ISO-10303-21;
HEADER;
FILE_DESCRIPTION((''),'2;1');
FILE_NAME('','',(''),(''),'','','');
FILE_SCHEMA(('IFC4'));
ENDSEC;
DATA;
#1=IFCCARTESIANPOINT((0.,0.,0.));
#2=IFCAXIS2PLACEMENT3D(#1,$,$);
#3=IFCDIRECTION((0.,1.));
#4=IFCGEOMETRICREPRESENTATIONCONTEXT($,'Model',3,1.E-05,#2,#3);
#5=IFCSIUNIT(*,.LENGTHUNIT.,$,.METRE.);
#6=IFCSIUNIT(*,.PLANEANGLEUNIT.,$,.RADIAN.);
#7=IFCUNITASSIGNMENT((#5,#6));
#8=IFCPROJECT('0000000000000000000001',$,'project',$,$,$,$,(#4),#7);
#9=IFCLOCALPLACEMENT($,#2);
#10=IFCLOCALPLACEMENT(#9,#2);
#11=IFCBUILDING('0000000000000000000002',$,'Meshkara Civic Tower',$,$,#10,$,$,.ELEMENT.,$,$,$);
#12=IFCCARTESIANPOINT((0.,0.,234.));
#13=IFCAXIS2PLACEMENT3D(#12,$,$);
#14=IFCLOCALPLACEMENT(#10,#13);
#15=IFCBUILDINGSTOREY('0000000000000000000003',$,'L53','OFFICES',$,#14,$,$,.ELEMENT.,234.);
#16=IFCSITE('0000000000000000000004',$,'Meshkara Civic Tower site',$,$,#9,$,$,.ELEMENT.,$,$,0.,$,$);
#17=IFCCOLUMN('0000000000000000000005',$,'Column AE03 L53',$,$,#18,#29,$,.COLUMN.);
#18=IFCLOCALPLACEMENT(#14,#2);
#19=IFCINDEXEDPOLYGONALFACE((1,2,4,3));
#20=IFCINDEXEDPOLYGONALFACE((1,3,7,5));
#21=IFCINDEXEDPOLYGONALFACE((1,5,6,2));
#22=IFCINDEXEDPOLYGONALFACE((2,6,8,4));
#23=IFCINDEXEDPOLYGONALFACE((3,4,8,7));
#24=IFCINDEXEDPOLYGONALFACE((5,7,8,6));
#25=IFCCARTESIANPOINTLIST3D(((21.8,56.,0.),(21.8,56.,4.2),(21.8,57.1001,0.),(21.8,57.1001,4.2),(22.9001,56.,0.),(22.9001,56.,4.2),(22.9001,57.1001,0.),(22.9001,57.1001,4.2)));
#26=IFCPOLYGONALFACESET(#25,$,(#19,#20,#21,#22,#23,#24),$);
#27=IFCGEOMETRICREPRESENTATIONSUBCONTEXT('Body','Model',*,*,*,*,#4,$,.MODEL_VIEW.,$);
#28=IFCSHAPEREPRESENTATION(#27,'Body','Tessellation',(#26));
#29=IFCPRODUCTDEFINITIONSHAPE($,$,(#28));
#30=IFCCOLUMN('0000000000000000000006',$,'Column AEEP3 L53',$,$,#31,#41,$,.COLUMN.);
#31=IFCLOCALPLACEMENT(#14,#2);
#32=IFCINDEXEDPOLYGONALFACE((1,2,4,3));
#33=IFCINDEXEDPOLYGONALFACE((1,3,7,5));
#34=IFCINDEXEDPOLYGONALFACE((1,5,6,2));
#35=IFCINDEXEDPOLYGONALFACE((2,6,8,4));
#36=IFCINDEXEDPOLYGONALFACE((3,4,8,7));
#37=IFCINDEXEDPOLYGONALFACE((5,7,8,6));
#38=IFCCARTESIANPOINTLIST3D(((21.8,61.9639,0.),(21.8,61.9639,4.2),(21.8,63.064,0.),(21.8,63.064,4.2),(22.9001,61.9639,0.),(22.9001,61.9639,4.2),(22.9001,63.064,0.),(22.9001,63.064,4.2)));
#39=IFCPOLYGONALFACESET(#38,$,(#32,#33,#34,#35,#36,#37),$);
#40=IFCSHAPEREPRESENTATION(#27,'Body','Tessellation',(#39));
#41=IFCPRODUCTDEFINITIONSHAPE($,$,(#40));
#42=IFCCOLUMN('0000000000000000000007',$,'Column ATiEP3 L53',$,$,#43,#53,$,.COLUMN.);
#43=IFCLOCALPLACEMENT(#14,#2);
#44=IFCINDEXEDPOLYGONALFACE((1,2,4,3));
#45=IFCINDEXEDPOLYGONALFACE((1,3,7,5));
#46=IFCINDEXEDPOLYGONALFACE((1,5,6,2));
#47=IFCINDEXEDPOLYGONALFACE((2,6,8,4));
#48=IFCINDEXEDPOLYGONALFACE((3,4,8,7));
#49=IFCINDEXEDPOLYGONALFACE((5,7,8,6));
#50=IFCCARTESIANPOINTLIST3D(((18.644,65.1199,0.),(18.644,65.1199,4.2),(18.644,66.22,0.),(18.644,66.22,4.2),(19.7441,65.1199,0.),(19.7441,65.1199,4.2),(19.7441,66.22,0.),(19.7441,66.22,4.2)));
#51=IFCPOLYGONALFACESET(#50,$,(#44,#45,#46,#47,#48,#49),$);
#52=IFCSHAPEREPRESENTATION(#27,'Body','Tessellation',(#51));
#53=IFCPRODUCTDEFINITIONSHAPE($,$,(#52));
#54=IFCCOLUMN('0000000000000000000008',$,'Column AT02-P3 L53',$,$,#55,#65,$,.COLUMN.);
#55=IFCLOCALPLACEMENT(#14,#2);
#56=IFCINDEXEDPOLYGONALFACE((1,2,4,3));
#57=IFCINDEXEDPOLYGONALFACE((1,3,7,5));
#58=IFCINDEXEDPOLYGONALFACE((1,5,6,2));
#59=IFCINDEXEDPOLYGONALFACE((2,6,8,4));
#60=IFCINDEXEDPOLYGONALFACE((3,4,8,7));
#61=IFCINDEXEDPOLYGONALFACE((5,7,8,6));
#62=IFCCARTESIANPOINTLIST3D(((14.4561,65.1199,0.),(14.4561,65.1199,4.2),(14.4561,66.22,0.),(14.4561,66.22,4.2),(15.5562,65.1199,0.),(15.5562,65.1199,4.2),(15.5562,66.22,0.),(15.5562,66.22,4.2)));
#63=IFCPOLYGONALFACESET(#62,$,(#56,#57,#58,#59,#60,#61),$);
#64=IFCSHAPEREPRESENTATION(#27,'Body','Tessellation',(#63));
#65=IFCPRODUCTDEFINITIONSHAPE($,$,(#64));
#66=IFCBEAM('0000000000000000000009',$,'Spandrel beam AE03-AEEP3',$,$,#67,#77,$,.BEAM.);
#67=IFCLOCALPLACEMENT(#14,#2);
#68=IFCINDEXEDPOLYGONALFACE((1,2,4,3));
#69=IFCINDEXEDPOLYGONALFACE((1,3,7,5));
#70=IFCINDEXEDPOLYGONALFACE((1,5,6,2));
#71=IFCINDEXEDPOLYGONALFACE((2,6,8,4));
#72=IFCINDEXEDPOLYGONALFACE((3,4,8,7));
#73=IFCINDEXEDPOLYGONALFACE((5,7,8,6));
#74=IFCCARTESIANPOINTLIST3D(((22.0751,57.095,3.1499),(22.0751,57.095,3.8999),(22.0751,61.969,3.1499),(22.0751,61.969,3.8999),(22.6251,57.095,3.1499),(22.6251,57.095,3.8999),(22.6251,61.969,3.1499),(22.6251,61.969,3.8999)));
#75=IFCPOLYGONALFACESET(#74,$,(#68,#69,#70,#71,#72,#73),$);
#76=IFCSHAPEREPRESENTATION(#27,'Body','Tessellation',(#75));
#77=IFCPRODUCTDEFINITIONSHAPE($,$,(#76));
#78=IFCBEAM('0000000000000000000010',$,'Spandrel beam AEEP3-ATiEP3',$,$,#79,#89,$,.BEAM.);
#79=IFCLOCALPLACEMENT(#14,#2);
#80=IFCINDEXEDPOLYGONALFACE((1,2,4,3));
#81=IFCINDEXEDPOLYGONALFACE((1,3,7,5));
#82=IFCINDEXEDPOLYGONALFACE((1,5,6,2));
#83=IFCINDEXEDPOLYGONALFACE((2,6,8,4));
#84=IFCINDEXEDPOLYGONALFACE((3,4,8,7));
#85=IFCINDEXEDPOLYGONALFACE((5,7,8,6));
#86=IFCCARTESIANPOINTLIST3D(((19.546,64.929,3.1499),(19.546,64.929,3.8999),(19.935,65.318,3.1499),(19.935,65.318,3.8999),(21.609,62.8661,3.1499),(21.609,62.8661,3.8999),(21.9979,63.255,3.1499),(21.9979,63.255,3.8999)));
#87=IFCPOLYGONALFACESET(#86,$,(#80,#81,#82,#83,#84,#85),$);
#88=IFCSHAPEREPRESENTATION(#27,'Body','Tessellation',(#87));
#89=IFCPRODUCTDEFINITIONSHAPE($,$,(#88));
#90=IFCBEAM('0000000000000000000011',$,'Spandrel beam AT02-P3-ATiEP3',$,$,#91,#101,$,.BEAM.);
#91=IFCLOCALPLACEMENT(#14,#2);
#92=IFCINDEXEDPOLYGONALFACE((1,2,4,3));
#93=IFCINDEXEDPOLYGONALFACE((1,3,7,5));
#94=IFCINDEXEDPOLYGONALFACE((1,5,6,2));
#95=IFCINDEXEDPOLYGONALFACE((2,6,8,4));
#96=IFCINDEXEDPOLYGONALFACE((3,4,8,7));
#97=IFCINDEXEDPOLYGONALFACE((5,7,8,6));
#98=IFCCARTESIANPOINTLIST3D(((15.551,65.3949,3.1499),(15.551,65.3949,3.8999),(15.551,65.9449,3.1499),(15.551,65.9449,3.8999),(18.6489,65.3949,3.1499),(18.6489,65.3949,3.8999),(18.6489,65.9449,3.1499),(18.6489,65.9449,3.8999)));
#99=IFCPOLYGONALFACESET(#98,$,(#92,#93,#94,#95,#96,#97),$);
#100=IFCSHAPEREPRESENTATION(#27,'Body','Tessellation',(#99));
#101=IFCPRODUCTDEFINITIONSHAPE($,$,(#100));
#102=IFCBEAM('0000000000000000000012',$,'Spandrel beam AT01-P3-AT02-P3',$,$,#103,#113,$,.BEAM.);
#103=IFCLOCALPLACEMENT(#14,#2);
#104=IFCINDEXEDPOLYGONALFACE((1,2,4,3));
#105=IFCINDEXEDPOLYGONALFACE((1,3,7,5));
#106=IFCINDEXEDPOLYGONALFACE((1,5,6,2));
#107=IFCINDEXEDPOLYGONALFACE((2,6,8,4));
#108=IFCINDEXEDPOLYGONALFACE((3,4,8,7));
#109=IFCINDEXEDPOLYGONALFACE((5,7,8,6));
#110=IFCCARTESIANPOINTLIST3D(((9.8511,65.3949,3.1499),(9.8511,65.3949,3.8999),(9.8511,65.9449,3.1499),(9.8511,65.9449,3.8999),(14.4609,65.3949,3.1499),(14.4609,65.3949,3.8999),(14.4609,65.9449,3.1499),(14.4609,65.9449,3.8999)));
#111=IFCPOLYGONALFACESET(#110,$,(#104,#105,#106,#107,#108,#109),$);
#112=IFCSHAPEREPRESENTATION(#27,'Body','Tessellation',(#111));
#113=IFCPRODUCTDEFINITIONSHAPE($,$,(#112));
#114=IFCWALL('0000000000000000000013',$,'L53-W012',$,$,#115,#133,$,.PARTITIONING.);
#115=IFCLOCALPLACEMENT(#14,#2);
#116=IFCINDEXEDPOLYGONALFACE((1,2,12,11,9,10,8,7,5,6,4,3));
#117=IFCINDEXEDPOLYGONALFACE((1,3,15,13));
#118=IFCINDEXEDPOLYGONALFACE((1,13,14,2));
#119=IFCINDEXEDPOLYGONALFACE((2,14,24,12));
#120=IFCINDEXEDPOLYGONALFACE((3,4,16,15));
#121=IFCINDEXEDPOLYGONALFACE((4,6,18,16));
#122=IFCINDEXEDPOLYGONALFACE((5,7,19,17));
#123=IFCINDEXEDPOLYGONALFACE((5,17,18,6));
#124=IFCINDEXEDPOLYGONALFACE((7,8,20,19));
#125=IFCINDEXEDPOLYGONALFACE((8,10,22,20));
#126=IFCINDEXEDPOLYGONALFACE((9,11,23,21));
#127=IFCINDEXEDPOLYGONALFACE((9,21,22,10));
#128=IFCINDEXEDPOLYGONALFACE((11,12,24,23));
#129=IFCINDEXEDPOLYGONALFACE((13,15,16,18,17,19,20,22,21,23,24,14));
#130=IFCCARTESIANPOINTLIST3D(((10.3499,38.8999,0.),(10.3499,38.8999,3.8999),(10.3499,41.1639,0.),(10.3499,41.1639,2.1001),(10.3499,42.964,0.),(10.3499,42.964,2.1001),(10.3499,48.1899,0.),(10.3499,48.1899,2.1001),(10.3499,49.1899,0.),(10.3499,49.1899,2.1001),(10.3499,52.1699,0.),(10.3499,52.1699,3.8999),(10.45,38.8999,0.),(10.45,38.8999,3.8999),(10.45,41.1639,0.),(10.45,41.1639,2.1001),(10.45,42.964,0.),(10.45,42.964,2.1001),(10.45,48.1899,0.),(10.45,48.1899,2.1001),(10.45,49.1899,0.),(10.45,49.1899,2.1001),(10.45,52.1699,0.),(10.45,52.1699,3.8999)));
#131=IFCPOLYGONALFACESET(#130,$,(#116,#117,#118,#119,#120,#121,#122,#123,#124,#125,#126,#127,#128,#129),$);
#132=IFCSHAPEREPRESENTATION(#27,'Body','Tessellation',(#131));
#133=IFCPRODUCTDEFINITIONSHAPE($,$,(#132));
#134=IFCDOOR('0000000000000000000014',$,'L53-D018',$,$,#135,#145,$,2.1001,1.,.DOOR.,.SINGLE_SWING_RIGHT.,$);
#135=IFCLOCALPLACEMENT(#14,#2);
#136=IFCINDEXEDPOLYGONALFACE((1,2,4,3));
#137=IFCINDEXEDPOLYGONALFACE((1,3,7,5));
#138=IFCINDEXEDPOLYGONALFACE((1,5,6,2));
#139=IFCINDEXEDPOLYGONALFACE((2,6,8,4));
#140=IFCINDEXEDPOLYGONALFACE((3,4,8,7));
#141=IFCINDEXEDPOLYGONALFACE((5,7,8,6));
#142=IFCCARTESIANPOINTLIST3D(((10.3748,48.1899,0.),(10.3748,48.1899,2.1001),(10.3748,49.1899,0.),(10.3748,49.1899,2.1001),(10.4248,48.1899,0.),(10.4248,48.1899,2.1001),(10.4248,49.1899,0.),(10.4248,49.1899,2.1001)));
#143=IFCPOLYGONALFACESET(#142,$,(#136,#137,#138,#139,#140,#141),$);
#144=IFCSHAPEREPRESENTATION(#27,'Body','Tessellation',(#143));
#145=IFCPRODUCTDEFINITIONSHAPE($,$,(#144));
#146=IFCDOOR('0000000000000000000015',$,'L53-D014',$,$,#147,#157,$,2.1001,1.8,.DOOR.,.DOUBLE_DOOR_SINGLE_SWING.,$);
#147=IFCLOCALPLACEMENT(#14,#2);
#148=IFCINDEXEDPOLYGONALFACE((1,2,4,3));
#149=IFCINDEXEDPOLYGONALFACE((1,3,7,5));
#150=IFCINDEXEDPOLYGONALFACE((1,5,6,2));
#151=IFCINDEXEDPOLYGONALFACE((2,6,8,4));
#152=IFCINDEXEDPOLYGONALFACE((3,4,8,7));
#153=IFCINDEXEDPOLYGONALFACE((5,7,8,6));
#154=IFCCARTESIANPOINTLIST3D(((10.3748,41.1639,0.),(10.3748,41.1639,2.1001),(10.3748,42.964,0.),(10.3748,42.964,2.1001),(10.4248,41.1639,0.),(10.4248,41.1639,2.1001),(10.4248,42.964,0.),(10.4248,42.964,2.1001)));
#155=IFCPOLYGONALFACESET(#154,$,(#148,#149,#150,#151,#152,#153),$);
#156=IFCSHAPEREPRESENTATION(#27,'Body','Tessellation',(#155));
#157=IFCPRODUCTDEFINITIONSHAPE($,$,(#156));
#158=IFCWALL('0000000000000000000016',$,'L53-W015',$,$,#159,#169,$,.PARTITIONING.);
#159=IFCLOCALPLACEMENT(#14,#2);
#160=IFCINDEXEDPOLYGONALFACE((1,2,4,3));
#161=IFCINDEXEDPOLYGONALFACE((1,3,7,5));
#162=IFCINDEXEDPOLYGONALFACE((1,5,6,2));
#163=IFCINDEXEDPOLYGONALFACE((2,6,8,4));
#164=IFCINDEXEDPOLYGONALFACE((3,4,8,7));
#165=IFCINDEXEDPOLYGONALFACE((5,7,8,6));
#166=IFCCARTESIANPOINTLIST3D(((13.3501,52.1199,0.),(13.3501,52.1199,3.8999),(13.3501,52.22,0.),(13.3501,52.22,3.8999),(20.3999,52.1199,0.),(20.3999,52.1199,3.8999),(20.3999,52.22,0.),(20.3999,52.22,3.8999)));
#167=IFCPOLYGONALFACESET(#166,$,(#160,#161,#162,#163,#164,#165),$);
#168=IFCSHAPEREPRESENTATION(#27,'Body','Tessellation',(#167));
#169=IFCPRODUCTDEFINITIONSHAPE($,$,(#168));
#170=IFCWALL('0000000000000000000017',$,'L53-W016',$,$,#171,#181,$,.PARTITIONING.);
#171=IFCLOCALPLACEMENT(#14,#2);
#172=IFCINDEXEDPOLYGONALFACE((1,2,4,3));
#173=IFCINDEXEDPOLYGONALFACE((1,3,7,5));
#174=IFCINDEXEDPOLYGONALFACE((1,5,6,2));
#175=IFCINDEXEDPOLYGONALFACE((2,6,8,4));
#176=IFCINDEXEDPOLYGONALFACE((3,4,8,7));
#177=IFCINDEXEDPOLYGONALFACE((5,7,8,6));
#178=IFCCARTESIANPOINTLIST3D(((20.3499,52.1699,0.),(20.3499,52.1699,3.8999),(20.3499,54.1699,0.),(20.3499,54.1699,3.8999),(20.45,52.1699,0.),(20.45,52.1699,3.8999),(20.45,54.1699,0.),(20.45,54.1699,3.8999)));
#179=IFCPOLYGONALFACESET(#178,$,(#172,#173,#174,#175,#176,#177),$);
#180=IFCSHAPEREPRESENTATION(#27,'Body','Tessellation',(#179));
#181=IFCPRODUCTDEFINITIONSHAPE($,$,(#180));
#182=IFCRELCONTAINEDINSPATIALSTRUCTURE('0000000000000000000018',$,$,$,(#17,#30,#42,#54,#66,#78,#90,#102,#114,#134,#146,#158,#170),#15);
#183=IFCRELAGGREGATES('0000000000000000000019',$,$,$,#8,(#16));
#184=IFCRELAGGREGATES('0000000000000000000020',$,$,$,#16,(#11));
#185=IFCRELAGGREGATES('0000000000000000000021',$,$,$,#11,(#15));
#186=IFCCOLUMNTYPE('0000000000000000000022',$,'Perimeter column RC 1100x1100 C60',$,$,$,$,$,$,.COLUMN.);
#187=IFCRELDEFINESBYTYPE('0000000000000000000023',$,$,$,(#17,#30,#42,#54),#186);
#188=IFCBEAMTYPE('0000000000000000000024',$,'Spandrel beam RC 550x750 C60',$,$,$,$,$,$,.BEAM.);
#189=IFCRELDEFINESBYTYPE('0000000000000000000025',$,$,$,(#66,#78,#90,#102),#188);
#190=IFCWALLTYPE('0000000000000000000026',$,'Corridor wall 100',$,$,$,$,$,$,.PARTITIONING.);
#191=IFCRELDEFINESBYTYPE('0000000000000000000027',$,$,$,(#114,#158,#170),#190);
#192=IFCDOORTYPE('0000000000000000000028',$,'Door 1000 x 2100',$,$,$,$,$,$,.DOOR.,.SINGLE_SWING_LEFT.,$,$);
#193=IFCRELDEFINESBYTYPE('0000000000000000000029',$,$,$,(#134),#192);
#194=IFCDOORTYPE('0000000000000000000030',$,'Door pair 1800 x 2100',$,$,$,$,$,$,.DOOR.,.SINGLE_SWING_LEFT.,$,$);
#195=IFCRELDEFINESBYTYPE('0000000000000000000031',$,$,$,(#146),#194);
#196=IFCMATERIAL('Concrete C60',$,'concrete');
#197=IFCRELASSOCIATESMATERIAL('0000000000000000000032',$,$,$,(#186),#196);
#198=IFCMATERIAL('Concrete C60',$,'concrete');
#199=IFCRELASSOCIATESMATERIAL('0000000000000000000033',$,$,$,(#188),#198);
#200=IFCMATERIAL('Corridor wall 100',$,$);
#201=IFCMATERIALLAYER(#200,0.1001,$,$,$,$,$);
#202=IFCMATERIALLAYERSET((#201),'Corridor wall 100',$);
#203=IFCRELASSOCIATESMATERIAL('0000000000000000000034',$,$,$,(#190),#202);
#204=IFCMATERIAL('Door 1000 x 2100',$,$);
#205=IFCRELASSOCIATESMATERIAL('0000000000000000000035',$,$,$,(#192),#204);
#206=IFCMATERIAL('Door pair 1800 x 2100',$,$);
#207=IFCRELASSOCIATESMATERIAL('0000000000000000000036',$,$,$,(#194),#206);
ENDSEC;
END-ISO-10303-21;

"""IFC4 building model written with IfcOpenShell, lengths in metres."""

from ifc_helpers import new_model, si_unit, direction, frame, frame_2d, origin, origin_2d, place, context, subcontext, project, spatial, rectangle, extrude, material, layer, layer_set, material_profile, profile_set, type_object, element, fill, save


model = new_model("IFC4")

# Units and contexts
model_context = context("Model", 3, precision=1e-05, world=origin(), true_north=direction((0.0, 1.0)))
body_context = subcontext(model_context, "Body", "Model", "MODEL_VIEW")
ifc_project = project(units=[si_unit("LENGTHUNIT", "METRE"), si_unit("PLANEANGLEUNIT", "RADIAN")], contexts=[model_context])

# Site, building, storey
site_placement = place(None, origin())
site = spatial("IfcSite", under=ifc_project, at=site_placement, Name="Meshkara Civic Tower site", CompositionType="ELEMENT", RefElevation=0.0)
building_placement = place(site_placement, origin())
building = spatial("IfcBuilding", under=site, at=building_placement, Name="Meshkara Civic Tower", CompositionType="ELEMENT")
storey_placement = place(building_placement, frame((0.0, 0.0, 234.0)))
storey = spatial("IfcBuildingStorey", under=building, at=storey_placement, Name="L53", Description="OFFICES", CompositionType="ELEMENT", Elevation=234.0)

# Columns
ifc_material_1 = material(Name="Concrete C60", Category="concrete")
ifc_material_profile_1 = material_profile(ifc_material_1, rectangle(XDim=1.1001, YDim=1.1001, at=origin_2d()))
ifc_profile_set_1 = profile_set([ifc_material_profile_1], Name="Concrete C60")
column_type = type_object("IfcColumnType", Name="Perimeter column RC 1100x1100 C60", PredefinedType="COLUMN", material=ifc_profile_set_1)
for number, where, z_axis, x_axis, name in (
    (1, (22.3501, 56.55, 0.0), (0.0, 0.0, 1.0), (1.0, 0.0, 0.0), "Column AE03 L53"),
    (2, (22.3501, 62.5139, 0.0), (0.0, 0.0, 1.0), (1.0, 0.0, 0.0), "Column AEEP3 L53"),
    (3, (19.1941, 65.6699, 0.0), (0.0, 0.0, 1.0), (1.0, 0.0, 0.0), "Column ATiEP3 L53"),
    (4, (15.0061, 65.6699, 0.0), (0.0, 0.0, 1.0), (1.0, 0.0, 0.0), "Column AT02-P3 L53"),
):
    element("IfcColumn", number, at=place(storey_placement, frame(where, z_axis=z_axis, x_axis=x_axis)), inside=storey, type_object=column_type, Name=name, PredefinedType="COLUMN", context=body_context, shape_type="SweptSolid", body=[
        extrude(rectangle(XDim=1.1001, YDim=1.1001, at=origin_2d()), origin(), (0.0, 0.0, 1.0), 4.2),
    ])

# Beams
ifc_material_2 = material(Name="Concrete C60", Category="concrete")
ifc_material_profile_2 = material_profile(ifc_material_2, rectangle(XDim=0.55, YDim=0.75, at=origin_2d()))
ifc_profile_set_2 = profile_set([ifc_material_profile_2], Name="Concrete C60")
beam_type = type_object("IfcBeamType", Name="Spandrel beam RC 550x750 C60", PredefinedType="BEAM", material=ifc_profile_set_2)
beam_1_placement = place(storey_placement, frame((22.3501, 57.095, 3.5249), z_axis=(0.0, 1.0, 0.0), x_axis=(-1.0, 0.0, 0.0)))
element("IfcBeam", 5, at=beam_1_placement, inside=storey, type_object=beam_type, Name="Spandrel beam AE03-AEEP3", PredefinedType="BEAM", context=body_context, shape_type="SweptSolid", body=[
    extrude(rectangle(XDim=0.55, YDim=0.75, at=origin_2d()), origin(), (0.0, 0.0, 1.0), 4.874),
])
beam_2_placement = place(storey_placement, frame((21.8035, 63.0605, 3.5249), z_axis=(-0.707107, 0.707107, 0.0), x_axis=(-0.707107, -0.707107, 0.0)))
element("IfcBeam", 6, at=beam_2_placement, inside=storey, type_object=beam_type, Name="Spandrel beam AEEP3-ATiEP3", PredefinedType="BEAM", context=body_context, shape_type="SweptSolid", body=[
    extrude(rectangle(XDim=0.55, YDim=0.75, at=origin_2d()), origin(), (0.0, 0.0, 1.0), 2.9175),
])
beam_3_placement = place(storey_placement, frame((18.6489, 65.6699, 3.5249), z_axis=(-1.0, 0.0, 0.0), x_axis=(0.0, -1.0, 0.0)))
element("IfcBeam", 7, at=beam_3_placement, inside=storey, type_object=beam_type, Name="Spandrel beam AT02-P3-ATiEP3", PredefinedType="BEAM", context=body_context, shape_type="SweptSolid", body=[
    extrude(rectangle(XDim=0.55, YDim=0.75, at=origin_2d()), origin(), (0.0, 0.0, 1.0), 3.0979),
])
beam_4_placement = place(storey_placement, frame((14.4609, 65.6699, 3.5249), z_axis=(-1.0, 0.0, 0.0), x_axis=(0.0, -1.0, 0.0)))
element("IfcBeam", 8, at=beam_4_placement, inside=storey, type_object=beam_type, Name="Spandrel beam AT01-P3-AT02-P3", PredefinedType="BEAM", context=body_context, shape_type="SweptSolid", body=[
    extrude(rectangle(XDim=0.55, YDim=0.75, at=origin_2d()), origin(), (0.0, 0.0, 1.0), 4.6099),
])

# Wall, openings, doors
ifc_material_3 = material(Name="Corridor wall 100")
ifc_layer_1 = layer(ifc_material_3, 0.1001)
ifc_layer_set_1 = layer_set([ifc_layer_1], Name="Corridor wall 100")
wall_type_1 = type_object("IfcWallType", Name="Corridor wall 100", PredefinedType="PARTITIONING", material=ifc_layer_set_1)
wall_1_placement = place(storey_placement, frame((10.3999, 52.1699, 0.0), z_axis=(0.0, 0.0, 1.0), x_axis=(0.0, -1.0, 0.0)))
wall_1 = element("IfcWall", 9, at=wall_1_placement, inside=storey, type_object=wall_type_1, Name="L53-W012", PredefinedType="PARTITIONING", context=body_context, shape_type="SweptSolid", body=[
    extrude(rectangle(XDim=13.27, YDim=0.1001, at=frame_2d((6.635, 0.0))), origin(), (0.0, 0.0, 1.0), 3.8999),
])
opening_1_placement = place(wall_1_placement, frame((9.2061, 0.0, 0.0)))
opening_1 = element("IfcOpeningElement", 10, at=opening_1_placement, cuts=wall_1, PredefinedType="OPENING", context=body_context, shape_type="SweptSolid", body=[
    extrude(rectangle(XDim=1.8, YDim=2.1001, at=frame_2d((0.8999, 1.05))), frame((0.0, 0.0601, 0.0), z_axis=(0.0, -1.0, 0.0), x_axis=(1.0, 0.0, 0.0)), (0.0, 0.0, 1.0), 0.1201),
])
opening_2_placement = place(wall_1_placement, frame((2.98, 0.0, 0.0)))
opening_2 = element("IfcOpeningElement", 11, at=opening_2_placement, cuts=wall_1, PredefinedType="OPENING", context=body_context, shape_type="SweptSolid", body=[
    extrude(rectangle(XDim=1.0, YDim=2.1001, at=frame_2d((0.5, 1.05))), frame((0.0, 0.0601, 0.0), z_axis=(0.0, -1.0, 0.0), x_axis=(1.0, 0.0, 0.0)), (0.0, 0.0, 1.0), 0.1201),
])
ifc_material_4 = material(Name="Door 1000 x 2100")
door_type_1 = type_object("IfcDoorType", Name="Door 1000 x 2100", OperationType="SINGLE_SWING_LEFT", PredefinedType="DOOR", material=ifc_material_4)
door_1_placement = place(opening_2_placement, origin())
door_1 = element("IfcDoor", 12, at=door_1_placement, inside=storey, type_object=door_type_1, Name="L53-D018", OperationType="SINGLE_SWING_RIGHT", OverallHeight=2.1001, OverallWidth=1.0, PredefinedType="DOOR", context=body_context, shape_type="SweptSolid", body=[
    extrude(rectangle(XDim=1.0, YDim=2.1001, at=frame_2d((0.5, 1.05))), frame((0.0, 0.0249, 0.0), z_axis=(0.0, -1.0, 0.0), x_axis=(1.0, 0.0, 0.0)), (0.0, 0.0, 1.0), 0.05),
])
fill(opening_2, door_1)
ifc_material_5 = material(Name="Door pair 1800 x 2100")
door_type_2 = type_object("IfcDoorType", Name="Door pair 1800 x 2100", OperationType="SINGLE_SWING_LEFT", PredefinedType="DOOR", material=ifc_material_5)
door_2_placement = place(opening_1_placement, origin())
door_2 = element("IfcDoor", 13, at=door_2_placement, inside=storey, type_object=door_type_2, Name="L53-D014", OperationType="DOUBLE_DOOR_SINGLE_SWING", OverallHeight=2.1001, OverallWidth=1.8, PredefinedType="DOOR", context=body_context, shape_type="SweptSolid", body=[
    extrude(rectangle(XDim=1.8, YDim=2.1001, at=frame_2d((0.8999, 1.05))), frame((0.0, 0.0249, 0.0), z_axis=(0.0, -1.0, 0.0), x_axis=(1.0, 0.0, 0.0)), (0.0, 0.0, 1.0), 0.05),
])
fill(opening_1, door_2)

# Walls
wall_2_placement = place(storey_placement, frame((13.3501, 52.1699, 0.0), z_axis=(0.0, 0.0, 1.0), x_axis=(1.0, 0.0, 0.0)))
element("IfcWall", 14, at=wall_2_placement, inside=storey, type_object=wall_type_1, Name="L53-W015", PredefinedType="PARTITIONING", context=body_context, shape_type="SweptSolid", body=[
    extrude(rectangle(XDim=7.0498, YDim=0.1001, at=frame_2d((3.5249, 0.0))), origin(), (0.0, 0.0, 1.0), 3.8999),
])
wall_3_placement = place(storey_placement, frame((20.3999, 52.1699, 0.0), z_axis=(0.0, 0.0, 1.0), x_axis=(0.0, 1.0, 0.0)))
element("IfcWall", 15, at=wall_3_placement, inside=storey, type_object=wall_type_1, Name="L53-W016", PredefinedType="PARTITIONING", context=body_context, shape_type="SweptSolid", body=[
    extrude(rectangle(XDim=2.0, YDim=0.1001, at=frame_2d((1.0, 0.0))), origin(), (0.0, 0.0, 1.0), 3.8999),
])

save(model, "model.ifc")
